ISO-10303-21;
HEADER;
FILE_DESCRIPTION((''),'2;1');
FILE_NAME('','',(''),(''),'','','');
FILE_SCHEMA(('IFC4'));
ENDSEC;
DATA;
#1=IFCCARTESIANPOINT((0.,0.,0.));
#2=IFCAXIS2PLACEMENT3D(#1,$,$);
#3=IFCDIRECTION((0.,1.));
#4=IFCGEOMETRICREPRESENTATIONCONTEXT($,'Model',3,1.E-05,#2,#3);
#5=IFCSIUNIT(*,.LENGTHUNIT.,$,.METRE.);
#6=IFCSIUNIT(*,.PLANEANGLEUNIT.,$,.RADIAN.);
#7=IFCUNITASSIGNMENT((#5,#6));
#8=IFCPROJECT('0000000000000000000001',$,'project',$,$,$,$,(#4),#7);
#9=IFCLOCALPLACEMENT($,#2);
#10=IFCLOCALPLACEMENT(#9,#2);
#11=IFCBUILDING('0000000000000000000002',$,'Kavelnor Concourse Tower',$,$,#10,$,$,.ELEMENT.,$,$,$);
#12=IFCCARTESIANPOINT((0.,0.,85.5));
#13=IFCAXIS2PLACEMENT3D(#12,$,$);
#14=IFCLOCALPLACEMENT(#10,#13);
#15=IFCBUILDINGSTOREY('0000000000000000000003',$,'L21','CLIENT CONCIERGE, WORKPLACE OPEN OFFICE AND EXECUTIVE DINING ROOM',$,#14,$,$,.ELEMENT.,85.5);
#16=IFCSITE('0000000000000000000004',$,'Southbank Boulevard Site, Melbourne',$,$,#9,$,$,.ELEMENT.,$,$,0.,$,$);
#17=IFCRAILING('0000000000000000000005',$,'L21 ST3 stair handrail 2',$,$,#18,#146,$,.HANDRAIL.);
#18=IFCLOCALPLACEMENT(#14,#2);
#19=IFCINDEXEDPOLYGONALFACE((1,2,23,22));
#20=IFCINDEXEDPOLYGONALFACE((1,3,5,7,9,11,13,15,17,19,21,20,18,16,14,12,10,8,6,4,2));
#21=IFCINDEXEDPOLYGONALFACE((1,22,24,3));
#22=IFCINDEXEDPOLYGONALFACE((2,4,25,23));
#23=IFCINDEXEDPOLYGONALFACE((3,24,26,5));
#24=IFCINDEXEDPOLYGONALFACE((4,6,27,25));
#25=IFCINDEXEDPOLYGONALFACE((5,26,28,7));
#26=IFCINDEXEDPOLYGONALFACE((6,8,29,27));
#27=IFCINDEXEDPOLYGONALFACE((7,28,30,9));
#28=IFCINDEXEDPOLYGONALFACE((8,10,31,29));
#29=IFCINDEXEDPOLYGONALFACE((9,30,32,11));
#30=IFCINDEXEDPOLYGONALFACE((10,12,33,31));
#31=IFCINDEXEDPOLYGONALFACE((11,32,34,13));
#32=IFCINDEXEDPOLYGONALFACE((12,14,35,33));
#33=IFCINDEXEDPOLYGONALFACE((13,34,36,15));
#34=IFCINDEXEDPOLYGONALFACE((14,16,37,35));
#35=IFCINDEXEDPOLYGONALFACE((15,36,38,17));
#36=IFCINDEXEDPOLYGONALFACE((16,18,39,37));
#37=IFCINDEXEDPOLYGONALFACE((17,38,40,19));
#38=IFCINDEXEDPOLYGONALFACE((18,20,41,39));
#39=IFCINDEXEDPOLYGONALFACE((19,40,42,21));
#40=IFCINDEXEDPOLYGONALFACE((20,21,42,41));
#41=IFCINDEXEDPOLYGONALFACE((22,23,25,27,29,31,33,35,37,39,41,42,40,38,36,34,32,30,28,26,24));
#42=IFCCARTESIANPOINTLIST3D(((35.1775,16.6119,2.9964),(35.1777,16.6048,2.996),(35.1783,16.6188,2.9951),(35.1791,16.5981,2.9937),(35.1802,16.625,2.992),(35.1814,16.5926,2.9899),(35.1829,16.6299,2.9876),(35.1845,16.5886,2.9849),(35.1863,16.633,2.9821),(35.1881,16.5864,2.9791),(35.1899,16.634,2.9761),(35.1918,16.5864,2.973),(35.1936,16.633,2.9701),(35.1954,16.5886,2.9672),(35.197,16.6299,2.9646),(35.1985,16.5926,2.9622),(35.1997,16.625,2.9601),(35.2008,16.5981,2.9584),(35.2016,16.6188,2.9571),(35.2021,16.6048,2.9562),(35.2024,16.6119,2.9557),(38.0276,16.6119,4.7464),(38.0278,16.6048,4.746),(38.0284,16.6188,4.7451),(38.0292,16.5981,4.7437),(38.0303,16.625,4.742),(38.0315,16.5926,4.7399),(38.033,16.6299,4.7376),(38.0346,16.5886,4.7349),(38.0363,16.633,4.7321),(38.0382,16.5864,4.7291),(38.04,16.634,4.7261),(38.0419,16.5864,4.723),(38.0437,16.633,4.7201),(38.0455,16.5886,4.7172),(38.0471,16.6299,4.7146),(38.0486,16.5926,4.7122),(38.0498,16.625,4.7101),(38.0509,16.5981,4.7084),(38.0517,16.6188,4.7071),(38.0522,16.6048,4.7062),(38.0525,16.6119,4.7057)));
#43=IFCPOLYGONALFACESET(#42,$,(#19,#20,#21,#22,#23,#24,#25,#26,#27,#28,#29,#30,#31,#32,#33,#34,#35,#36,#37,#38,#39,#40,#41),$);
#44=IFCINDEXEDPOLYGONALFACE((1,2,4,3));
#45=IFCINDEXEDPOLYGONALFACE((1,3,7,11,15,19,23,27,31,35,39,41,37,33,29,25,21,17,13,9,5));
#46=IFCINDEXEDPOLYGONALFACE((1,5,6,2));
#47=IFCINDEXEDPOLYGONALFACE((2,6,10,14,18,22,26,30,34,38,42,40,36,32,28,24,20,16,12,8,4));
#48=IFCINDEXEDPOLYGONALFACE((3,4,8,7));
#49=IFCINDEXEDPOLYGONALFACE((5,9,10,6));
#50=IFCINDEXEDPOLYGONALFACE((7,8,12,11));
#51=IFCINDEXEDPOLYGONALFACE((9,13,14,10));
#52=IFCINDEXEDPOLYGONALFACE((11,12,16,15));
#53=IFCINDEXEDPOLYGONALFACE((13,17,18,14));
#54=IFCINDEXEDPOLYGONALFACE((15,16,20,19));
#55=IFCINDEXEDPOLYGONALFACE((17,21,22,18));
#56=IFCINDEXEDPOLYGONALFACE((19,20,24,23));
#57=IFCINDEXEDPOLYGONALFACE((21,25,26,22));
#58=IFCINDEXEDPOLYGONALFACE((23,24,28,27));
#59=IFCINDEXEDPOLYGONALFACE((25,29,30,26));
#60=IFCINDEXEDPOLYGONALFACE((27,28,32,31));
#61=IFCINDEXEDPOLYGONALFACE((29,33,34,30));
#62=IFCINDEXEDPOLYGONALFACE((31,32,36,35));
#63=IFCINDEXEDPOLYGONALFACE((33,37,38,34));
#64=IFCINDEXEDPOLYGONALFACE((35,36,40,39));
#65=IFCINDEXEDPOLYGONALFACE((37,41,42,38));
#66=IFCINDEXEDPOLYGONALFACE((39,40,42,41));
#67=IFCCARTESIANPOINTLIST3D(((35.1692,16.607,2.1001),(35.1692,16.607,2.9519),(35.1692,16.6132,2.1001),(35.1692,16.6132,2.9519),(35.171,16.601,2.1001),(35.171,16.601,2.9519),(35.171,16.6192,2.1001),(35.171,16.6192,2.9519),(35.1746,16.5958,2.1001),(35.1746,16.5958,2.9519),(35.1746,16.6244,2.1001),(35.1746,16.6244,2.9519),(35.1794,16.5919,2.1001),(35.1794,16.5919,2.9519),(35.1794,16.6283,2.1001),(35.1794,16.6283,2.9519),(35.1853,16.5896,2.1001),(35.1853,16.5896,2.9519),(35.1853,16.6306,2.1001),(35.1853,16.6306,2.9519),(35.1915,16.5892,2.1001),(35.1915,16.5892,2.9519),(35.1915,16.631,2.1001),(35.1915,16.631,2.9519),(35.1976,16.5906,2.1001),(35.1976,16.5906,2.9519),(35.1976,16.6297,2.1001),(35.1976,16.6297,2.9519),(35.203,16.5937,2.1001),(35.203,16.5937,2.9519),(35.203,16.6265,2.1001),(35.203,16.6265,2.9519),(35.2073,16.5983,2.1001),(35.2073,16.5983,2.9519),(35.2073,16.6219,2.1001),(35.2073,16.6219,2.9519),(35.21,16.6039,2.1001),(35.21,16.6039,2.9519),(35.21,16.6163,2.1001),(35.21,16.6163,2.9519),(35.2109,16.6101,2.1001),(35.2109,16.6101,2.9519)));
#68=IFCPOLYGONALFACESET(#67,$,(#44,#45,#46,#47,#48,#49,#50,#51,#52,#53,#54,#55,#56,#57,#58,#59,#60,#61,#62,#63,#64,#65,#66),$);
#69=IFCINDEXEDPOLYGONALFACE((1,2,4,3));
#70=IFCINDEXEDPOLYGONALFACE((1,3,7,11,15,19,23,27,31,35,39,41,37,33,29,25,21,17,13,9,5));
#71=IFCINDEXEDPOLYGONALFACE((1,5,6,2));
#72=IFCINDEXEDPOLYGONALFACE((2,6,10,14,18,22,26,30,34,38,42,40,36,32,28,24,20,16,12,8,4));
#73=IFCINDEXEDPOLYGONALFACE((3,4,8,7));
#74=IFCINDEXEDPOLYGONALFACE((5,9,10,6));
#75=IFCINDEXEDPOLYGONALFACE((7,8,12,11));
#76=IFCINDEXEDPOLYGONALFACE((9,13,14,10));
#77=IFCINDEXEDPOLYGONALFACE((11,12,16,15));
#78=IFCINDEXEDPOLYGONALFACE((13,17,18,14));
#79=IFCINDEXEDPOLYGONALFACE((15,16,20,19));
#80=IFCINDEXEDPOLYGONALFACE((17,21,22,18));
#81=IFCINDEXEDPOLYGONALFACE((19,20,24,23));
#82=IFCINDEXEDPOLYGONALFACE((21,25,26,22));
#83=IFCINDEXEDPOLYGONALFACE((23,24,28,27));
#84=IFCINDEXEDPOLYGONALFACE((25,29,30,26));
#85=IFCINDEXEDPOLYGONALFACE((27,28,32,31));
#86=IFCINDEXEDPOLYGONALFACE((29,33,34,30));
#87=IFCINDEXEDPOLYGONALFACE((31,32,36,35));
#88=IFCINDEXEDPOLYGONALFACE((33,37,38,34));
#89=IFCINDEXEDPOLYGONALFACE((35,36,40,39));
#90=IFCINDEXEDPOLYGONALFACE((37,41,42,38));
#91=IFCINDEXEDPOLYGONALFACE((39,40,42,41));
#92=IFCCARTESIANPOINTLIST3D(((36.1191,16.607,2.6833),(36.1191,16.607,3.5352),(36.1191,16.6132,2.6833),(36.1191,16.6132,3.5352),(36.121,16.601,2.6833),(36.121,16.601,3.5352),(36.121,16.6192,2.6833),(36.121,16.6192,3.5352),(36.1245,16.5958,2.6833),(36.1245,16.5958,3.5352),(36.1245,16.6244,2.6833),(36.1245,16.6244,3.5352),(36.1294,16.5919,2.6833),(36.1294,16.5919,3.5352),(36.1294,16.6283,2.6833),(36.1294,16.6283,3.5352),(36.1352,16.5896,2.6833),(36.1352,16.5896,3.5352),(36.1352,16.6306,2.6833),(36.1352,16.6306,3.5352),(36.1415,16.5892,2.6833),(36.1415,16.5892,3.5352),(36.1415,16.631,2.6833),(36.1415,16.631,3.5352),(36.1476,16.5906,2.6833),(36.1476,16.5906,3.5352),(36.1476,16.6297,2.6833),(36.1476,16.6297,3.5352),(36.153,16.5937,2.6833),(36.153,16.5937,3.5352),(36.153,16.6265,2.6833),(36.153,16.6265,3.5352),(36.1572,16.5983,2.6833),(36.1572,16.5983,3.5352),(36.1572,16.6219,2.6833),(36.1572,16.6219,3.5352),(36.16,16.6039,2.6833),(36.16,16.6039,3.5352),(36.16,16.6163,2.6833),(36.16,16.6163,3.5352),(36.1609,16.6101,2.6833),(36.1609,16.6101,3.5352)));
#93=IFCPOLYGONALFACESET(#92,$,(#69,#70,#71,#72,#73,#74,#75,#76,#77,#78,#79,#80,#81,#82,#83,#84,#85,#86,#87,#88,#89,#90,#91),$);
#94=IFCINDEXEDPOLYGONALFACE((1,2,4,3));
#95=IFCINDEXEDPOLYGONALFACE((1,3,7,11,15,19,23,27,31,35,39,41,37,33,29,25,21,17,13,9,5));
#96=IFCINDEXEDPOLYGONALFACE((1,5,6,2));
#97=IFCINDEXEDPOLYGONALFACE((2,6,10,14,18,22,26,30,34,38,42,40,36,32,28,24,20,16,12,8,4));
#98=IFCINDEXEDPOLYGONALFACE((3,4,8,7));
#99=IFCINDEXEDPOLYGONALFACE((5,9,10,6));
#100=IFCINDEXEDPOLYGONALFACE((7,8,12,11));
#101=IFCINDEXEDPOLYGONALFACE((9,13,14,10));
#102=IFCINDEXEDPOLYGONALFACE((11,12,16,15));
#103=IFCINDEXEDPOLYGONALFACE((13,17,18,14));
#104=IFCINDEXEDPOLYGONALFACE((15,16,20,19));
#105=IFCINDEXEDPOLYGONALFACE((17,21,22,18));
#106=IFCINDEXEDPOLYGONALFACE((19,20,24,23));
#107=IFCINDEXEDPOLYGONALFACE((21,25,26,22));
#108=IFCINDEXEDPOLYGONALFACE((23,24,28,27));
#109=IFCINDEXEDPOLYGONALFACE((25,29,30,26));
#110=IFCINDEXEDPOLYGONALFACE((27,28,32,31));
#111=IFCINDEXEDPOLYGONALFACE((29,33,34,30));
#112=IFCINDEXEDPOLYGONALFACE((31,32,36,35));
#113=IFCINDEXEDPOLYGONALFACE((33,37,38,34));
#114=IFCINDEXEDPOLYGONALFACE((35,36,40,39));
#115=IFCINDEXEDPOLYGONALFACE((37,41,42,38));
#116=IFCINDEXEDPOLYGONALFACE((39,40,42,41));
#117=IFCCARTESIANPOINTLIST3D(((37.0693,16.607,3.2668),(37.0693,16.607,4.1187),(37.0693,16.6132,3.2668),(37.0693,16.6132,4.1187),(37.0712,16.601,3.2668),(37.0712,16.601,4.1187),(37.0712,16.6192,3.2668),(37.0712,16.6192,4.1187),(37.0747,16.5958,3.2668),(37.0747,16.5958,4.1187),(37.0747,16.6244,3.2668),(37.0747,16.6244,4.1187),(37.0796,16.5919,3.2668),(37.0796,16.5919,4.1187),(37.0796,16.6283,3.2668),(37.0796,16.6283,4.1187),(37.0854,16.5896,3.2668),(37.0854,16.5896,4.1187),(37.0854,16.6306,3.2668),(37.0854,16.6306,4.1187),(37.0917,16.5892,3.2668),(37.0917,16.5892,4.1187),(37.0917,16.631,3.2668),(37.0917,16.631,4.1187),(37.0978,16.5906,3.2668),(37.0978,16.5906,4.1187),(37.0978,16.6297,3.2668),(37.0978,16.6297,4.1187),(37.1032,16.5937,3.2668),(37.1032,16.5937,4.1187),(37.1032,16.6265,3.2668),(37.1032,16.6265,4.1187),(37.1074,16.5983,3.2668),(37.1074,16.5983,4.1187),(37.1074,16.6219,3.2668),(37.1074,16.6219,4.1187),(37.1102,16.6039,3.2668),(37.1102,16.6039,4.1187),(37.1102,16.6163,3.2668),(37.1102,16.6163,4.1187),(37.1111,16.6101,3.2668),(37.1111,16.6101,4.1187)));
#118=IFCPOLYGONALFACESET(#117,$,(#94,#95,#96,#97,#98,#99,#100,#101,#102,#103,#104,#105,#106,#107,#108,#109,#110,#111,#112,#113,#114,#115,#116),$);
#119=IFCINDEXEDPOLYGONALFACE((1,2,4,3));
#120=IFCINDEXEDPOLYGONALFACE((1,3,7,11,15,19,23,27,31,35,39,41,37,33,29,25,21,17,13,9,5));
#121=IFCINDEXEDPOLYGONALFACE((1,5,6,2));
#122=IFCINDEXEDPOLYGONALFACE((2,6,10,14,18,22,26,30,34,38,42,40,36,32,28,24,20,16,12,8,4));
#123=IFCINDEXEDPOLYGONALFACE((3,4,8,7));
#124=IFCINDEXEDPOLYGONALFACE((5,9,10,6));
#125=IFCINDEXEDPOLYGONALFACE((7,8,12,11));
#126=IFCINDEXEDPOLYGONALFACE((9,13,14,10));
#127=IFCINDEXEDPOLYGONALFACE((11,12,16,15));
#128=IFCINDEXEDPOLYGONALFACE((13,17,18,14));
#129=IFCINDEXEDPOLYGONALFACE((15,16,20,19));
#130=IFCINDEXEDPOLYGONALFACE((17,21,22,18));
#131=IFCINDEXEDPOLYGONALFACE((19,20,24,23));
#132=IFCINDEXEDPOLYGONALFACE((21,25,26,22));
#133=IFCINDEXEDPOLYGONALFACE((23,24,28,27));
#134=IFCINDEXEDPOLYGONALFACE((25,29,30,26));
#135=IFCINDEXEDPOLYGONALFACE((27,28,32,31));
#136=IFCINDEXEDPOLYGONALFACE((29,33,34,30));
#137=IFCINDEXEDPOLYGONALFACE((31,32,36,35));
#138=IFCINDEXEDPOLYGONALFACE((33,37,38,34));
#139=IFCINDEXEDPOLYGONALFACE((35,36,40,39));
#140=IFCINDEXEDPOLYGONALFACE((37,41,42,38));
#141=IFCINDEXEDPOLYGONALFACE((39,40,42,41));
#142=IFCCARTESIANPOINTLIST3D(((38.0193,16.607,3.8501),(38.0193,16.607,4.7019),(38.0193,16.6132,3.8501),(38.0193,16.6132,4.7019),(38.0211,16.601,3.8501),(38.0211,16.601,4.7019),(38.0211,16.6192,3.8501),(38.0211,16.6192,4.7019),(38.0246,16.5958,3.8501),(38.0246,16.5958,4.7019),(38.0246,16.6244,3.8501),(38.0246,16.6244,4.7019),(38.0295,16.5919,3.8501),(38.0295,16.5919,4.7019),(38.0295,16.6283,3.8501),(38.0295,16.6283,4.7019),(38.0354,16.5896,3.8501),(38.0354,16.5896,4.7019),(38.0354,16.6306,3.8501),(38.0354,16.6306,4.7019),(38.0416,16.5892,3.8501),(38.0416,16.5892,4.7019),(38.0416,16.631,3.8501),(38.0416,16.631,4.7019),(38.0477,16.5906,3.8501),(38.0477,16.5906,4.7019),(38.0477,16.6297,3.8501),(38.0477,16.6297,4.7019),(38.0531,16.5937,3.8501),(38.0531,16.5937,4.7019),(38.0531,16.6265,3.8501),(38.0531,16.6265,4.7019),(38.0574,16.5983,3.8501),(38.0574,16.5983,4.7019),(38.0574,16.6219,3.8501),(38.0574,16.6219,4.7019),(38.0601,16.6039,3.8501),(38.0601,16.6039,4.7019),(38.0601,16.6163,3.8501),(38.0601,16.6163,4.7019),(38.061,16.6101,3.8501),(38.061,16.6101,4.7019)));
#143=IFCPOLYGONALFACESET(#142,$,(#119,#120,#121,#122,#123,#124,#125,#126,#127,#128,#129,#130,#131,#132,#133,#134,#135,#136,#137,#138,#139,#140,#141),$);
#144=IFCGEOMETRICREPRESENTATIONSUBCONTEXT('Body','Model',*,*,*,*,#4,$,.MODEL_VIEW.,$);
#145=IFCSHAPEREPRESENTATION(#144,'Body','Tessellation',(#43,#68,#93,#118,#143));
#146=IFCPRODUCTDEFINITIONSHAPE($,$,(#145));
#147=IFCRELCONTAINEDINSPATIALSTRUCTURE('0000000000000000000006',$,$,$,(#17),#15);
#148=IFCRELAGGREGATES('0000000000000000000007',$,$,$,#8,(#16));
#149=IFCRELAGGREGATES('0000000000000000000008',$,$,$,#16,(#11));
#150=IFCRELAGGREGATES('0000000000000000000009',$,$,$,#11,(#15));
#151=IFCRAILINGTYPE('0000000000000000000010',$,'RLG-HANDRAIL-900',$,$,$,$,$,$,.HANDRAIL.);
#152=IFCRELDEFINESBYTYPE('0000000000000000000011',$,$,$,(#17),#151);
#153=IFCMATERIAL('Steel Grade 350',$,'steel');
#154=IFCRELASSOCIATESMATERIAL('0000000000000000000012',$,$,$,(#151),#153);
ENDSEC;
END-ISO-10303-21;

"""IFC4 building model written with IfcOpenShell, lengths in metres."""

from ifc_helpers import new_model, si_unit, direction, frame, origin, origin_2d, place, context, subcontext, project, spatial, circle, extrude, material, type_object, element, save


model = new_model("IFC4")

# Units and contexts
model_context = context("Model", 3, precision=1e-05, world=origin(), true_north=direction((0.0, 1.0)))
body_context = subcontext(model_context, "Body", "Model", "MODEL_VIEW")
ifc_project = project(units=[si_unit("LENGTHUNIT", "METRE"), si_unit("PLANEANGLEUNIT", "RADIAN")], contexts=[model_context])

# Site, building, storey
site_placement = place(None, origin())
site = spatial("IfcSite", under=ifc_project, at=site_placement, Name="Southbank Boulevard Site, Melbourne", CompositionType="ELEMENT", RefElevation=0.0)
building_placement = place(site_placement, origin())
building = spatial("IfcBuilding", under=site, at=building_placement, Name="Kavelnor Concourse Tower", CompositionType="ELEMENT")
storey_placement = place(building_placement, frame((0.0, 0.0, 85.5)))
storey = spatial("IfcBuildingStorey", under=building, at=storey_placement, Name="L21", Description="CLIENT CONCIERGE, WORKPLACE OPEN OFFICE AND EXECUTIVE DINING ROOM", CompositionType="ELEMENT", Elevation=85.5)

# Shared definitions
ifc_material_1 = material(Name="Steel Grade 350", Category="steel")

# Railing
railing_type_1 = type_object("IfcRailingType", Name="RLG-HANDRAIL-900", PredefinedType="HANDRAIL", material=ifc_material_1)
railing_1_placement = place(storey_placement, frame((35.1899, 16.6101, 2.1001)))
element("IfcRailing", 1, at=railing_1_placement, inside=storey, type_object=railing_type_1, Name="L21 ST3 stair handrail 2", PredefinedType="HANDRAIL", context=body_context, shape_type="SweptSolid", body=[
    extrude(circle(Radius=0.0239, at=origin_2d()), frame((0.0, 0.0, 0.876), z_axis=(0.852179, 0.0, 0.52325), x_axis=(0.0, 1.0, 0.0)), (0.0, 0.0, 1.0), 3.3445),
    extrude(circle(Radius=0.021, at=origin_2d()), origin(), (0.0, 0.0, 1.0), 0.8518),
    extrude(circle(Radius=0.021, at=origin_2d()), frame((0.95, 0.0, 0.5833)), (0.0, 0.0, 1.0), 0.8518),
    extrude(circle(Radius=0.021, at=origin_2d()), frame((1.9001, 0.0, 1.1667)), (0.0, 0.0, 1.0), 0.8518),
    extrude(circle(Radius=0.021, at=origin_2d()), frame((2.8501, 0.0, 1.75)), (0.0, 0.0, 1.0), 0.8518),
])

save(model, "model.ifc")
